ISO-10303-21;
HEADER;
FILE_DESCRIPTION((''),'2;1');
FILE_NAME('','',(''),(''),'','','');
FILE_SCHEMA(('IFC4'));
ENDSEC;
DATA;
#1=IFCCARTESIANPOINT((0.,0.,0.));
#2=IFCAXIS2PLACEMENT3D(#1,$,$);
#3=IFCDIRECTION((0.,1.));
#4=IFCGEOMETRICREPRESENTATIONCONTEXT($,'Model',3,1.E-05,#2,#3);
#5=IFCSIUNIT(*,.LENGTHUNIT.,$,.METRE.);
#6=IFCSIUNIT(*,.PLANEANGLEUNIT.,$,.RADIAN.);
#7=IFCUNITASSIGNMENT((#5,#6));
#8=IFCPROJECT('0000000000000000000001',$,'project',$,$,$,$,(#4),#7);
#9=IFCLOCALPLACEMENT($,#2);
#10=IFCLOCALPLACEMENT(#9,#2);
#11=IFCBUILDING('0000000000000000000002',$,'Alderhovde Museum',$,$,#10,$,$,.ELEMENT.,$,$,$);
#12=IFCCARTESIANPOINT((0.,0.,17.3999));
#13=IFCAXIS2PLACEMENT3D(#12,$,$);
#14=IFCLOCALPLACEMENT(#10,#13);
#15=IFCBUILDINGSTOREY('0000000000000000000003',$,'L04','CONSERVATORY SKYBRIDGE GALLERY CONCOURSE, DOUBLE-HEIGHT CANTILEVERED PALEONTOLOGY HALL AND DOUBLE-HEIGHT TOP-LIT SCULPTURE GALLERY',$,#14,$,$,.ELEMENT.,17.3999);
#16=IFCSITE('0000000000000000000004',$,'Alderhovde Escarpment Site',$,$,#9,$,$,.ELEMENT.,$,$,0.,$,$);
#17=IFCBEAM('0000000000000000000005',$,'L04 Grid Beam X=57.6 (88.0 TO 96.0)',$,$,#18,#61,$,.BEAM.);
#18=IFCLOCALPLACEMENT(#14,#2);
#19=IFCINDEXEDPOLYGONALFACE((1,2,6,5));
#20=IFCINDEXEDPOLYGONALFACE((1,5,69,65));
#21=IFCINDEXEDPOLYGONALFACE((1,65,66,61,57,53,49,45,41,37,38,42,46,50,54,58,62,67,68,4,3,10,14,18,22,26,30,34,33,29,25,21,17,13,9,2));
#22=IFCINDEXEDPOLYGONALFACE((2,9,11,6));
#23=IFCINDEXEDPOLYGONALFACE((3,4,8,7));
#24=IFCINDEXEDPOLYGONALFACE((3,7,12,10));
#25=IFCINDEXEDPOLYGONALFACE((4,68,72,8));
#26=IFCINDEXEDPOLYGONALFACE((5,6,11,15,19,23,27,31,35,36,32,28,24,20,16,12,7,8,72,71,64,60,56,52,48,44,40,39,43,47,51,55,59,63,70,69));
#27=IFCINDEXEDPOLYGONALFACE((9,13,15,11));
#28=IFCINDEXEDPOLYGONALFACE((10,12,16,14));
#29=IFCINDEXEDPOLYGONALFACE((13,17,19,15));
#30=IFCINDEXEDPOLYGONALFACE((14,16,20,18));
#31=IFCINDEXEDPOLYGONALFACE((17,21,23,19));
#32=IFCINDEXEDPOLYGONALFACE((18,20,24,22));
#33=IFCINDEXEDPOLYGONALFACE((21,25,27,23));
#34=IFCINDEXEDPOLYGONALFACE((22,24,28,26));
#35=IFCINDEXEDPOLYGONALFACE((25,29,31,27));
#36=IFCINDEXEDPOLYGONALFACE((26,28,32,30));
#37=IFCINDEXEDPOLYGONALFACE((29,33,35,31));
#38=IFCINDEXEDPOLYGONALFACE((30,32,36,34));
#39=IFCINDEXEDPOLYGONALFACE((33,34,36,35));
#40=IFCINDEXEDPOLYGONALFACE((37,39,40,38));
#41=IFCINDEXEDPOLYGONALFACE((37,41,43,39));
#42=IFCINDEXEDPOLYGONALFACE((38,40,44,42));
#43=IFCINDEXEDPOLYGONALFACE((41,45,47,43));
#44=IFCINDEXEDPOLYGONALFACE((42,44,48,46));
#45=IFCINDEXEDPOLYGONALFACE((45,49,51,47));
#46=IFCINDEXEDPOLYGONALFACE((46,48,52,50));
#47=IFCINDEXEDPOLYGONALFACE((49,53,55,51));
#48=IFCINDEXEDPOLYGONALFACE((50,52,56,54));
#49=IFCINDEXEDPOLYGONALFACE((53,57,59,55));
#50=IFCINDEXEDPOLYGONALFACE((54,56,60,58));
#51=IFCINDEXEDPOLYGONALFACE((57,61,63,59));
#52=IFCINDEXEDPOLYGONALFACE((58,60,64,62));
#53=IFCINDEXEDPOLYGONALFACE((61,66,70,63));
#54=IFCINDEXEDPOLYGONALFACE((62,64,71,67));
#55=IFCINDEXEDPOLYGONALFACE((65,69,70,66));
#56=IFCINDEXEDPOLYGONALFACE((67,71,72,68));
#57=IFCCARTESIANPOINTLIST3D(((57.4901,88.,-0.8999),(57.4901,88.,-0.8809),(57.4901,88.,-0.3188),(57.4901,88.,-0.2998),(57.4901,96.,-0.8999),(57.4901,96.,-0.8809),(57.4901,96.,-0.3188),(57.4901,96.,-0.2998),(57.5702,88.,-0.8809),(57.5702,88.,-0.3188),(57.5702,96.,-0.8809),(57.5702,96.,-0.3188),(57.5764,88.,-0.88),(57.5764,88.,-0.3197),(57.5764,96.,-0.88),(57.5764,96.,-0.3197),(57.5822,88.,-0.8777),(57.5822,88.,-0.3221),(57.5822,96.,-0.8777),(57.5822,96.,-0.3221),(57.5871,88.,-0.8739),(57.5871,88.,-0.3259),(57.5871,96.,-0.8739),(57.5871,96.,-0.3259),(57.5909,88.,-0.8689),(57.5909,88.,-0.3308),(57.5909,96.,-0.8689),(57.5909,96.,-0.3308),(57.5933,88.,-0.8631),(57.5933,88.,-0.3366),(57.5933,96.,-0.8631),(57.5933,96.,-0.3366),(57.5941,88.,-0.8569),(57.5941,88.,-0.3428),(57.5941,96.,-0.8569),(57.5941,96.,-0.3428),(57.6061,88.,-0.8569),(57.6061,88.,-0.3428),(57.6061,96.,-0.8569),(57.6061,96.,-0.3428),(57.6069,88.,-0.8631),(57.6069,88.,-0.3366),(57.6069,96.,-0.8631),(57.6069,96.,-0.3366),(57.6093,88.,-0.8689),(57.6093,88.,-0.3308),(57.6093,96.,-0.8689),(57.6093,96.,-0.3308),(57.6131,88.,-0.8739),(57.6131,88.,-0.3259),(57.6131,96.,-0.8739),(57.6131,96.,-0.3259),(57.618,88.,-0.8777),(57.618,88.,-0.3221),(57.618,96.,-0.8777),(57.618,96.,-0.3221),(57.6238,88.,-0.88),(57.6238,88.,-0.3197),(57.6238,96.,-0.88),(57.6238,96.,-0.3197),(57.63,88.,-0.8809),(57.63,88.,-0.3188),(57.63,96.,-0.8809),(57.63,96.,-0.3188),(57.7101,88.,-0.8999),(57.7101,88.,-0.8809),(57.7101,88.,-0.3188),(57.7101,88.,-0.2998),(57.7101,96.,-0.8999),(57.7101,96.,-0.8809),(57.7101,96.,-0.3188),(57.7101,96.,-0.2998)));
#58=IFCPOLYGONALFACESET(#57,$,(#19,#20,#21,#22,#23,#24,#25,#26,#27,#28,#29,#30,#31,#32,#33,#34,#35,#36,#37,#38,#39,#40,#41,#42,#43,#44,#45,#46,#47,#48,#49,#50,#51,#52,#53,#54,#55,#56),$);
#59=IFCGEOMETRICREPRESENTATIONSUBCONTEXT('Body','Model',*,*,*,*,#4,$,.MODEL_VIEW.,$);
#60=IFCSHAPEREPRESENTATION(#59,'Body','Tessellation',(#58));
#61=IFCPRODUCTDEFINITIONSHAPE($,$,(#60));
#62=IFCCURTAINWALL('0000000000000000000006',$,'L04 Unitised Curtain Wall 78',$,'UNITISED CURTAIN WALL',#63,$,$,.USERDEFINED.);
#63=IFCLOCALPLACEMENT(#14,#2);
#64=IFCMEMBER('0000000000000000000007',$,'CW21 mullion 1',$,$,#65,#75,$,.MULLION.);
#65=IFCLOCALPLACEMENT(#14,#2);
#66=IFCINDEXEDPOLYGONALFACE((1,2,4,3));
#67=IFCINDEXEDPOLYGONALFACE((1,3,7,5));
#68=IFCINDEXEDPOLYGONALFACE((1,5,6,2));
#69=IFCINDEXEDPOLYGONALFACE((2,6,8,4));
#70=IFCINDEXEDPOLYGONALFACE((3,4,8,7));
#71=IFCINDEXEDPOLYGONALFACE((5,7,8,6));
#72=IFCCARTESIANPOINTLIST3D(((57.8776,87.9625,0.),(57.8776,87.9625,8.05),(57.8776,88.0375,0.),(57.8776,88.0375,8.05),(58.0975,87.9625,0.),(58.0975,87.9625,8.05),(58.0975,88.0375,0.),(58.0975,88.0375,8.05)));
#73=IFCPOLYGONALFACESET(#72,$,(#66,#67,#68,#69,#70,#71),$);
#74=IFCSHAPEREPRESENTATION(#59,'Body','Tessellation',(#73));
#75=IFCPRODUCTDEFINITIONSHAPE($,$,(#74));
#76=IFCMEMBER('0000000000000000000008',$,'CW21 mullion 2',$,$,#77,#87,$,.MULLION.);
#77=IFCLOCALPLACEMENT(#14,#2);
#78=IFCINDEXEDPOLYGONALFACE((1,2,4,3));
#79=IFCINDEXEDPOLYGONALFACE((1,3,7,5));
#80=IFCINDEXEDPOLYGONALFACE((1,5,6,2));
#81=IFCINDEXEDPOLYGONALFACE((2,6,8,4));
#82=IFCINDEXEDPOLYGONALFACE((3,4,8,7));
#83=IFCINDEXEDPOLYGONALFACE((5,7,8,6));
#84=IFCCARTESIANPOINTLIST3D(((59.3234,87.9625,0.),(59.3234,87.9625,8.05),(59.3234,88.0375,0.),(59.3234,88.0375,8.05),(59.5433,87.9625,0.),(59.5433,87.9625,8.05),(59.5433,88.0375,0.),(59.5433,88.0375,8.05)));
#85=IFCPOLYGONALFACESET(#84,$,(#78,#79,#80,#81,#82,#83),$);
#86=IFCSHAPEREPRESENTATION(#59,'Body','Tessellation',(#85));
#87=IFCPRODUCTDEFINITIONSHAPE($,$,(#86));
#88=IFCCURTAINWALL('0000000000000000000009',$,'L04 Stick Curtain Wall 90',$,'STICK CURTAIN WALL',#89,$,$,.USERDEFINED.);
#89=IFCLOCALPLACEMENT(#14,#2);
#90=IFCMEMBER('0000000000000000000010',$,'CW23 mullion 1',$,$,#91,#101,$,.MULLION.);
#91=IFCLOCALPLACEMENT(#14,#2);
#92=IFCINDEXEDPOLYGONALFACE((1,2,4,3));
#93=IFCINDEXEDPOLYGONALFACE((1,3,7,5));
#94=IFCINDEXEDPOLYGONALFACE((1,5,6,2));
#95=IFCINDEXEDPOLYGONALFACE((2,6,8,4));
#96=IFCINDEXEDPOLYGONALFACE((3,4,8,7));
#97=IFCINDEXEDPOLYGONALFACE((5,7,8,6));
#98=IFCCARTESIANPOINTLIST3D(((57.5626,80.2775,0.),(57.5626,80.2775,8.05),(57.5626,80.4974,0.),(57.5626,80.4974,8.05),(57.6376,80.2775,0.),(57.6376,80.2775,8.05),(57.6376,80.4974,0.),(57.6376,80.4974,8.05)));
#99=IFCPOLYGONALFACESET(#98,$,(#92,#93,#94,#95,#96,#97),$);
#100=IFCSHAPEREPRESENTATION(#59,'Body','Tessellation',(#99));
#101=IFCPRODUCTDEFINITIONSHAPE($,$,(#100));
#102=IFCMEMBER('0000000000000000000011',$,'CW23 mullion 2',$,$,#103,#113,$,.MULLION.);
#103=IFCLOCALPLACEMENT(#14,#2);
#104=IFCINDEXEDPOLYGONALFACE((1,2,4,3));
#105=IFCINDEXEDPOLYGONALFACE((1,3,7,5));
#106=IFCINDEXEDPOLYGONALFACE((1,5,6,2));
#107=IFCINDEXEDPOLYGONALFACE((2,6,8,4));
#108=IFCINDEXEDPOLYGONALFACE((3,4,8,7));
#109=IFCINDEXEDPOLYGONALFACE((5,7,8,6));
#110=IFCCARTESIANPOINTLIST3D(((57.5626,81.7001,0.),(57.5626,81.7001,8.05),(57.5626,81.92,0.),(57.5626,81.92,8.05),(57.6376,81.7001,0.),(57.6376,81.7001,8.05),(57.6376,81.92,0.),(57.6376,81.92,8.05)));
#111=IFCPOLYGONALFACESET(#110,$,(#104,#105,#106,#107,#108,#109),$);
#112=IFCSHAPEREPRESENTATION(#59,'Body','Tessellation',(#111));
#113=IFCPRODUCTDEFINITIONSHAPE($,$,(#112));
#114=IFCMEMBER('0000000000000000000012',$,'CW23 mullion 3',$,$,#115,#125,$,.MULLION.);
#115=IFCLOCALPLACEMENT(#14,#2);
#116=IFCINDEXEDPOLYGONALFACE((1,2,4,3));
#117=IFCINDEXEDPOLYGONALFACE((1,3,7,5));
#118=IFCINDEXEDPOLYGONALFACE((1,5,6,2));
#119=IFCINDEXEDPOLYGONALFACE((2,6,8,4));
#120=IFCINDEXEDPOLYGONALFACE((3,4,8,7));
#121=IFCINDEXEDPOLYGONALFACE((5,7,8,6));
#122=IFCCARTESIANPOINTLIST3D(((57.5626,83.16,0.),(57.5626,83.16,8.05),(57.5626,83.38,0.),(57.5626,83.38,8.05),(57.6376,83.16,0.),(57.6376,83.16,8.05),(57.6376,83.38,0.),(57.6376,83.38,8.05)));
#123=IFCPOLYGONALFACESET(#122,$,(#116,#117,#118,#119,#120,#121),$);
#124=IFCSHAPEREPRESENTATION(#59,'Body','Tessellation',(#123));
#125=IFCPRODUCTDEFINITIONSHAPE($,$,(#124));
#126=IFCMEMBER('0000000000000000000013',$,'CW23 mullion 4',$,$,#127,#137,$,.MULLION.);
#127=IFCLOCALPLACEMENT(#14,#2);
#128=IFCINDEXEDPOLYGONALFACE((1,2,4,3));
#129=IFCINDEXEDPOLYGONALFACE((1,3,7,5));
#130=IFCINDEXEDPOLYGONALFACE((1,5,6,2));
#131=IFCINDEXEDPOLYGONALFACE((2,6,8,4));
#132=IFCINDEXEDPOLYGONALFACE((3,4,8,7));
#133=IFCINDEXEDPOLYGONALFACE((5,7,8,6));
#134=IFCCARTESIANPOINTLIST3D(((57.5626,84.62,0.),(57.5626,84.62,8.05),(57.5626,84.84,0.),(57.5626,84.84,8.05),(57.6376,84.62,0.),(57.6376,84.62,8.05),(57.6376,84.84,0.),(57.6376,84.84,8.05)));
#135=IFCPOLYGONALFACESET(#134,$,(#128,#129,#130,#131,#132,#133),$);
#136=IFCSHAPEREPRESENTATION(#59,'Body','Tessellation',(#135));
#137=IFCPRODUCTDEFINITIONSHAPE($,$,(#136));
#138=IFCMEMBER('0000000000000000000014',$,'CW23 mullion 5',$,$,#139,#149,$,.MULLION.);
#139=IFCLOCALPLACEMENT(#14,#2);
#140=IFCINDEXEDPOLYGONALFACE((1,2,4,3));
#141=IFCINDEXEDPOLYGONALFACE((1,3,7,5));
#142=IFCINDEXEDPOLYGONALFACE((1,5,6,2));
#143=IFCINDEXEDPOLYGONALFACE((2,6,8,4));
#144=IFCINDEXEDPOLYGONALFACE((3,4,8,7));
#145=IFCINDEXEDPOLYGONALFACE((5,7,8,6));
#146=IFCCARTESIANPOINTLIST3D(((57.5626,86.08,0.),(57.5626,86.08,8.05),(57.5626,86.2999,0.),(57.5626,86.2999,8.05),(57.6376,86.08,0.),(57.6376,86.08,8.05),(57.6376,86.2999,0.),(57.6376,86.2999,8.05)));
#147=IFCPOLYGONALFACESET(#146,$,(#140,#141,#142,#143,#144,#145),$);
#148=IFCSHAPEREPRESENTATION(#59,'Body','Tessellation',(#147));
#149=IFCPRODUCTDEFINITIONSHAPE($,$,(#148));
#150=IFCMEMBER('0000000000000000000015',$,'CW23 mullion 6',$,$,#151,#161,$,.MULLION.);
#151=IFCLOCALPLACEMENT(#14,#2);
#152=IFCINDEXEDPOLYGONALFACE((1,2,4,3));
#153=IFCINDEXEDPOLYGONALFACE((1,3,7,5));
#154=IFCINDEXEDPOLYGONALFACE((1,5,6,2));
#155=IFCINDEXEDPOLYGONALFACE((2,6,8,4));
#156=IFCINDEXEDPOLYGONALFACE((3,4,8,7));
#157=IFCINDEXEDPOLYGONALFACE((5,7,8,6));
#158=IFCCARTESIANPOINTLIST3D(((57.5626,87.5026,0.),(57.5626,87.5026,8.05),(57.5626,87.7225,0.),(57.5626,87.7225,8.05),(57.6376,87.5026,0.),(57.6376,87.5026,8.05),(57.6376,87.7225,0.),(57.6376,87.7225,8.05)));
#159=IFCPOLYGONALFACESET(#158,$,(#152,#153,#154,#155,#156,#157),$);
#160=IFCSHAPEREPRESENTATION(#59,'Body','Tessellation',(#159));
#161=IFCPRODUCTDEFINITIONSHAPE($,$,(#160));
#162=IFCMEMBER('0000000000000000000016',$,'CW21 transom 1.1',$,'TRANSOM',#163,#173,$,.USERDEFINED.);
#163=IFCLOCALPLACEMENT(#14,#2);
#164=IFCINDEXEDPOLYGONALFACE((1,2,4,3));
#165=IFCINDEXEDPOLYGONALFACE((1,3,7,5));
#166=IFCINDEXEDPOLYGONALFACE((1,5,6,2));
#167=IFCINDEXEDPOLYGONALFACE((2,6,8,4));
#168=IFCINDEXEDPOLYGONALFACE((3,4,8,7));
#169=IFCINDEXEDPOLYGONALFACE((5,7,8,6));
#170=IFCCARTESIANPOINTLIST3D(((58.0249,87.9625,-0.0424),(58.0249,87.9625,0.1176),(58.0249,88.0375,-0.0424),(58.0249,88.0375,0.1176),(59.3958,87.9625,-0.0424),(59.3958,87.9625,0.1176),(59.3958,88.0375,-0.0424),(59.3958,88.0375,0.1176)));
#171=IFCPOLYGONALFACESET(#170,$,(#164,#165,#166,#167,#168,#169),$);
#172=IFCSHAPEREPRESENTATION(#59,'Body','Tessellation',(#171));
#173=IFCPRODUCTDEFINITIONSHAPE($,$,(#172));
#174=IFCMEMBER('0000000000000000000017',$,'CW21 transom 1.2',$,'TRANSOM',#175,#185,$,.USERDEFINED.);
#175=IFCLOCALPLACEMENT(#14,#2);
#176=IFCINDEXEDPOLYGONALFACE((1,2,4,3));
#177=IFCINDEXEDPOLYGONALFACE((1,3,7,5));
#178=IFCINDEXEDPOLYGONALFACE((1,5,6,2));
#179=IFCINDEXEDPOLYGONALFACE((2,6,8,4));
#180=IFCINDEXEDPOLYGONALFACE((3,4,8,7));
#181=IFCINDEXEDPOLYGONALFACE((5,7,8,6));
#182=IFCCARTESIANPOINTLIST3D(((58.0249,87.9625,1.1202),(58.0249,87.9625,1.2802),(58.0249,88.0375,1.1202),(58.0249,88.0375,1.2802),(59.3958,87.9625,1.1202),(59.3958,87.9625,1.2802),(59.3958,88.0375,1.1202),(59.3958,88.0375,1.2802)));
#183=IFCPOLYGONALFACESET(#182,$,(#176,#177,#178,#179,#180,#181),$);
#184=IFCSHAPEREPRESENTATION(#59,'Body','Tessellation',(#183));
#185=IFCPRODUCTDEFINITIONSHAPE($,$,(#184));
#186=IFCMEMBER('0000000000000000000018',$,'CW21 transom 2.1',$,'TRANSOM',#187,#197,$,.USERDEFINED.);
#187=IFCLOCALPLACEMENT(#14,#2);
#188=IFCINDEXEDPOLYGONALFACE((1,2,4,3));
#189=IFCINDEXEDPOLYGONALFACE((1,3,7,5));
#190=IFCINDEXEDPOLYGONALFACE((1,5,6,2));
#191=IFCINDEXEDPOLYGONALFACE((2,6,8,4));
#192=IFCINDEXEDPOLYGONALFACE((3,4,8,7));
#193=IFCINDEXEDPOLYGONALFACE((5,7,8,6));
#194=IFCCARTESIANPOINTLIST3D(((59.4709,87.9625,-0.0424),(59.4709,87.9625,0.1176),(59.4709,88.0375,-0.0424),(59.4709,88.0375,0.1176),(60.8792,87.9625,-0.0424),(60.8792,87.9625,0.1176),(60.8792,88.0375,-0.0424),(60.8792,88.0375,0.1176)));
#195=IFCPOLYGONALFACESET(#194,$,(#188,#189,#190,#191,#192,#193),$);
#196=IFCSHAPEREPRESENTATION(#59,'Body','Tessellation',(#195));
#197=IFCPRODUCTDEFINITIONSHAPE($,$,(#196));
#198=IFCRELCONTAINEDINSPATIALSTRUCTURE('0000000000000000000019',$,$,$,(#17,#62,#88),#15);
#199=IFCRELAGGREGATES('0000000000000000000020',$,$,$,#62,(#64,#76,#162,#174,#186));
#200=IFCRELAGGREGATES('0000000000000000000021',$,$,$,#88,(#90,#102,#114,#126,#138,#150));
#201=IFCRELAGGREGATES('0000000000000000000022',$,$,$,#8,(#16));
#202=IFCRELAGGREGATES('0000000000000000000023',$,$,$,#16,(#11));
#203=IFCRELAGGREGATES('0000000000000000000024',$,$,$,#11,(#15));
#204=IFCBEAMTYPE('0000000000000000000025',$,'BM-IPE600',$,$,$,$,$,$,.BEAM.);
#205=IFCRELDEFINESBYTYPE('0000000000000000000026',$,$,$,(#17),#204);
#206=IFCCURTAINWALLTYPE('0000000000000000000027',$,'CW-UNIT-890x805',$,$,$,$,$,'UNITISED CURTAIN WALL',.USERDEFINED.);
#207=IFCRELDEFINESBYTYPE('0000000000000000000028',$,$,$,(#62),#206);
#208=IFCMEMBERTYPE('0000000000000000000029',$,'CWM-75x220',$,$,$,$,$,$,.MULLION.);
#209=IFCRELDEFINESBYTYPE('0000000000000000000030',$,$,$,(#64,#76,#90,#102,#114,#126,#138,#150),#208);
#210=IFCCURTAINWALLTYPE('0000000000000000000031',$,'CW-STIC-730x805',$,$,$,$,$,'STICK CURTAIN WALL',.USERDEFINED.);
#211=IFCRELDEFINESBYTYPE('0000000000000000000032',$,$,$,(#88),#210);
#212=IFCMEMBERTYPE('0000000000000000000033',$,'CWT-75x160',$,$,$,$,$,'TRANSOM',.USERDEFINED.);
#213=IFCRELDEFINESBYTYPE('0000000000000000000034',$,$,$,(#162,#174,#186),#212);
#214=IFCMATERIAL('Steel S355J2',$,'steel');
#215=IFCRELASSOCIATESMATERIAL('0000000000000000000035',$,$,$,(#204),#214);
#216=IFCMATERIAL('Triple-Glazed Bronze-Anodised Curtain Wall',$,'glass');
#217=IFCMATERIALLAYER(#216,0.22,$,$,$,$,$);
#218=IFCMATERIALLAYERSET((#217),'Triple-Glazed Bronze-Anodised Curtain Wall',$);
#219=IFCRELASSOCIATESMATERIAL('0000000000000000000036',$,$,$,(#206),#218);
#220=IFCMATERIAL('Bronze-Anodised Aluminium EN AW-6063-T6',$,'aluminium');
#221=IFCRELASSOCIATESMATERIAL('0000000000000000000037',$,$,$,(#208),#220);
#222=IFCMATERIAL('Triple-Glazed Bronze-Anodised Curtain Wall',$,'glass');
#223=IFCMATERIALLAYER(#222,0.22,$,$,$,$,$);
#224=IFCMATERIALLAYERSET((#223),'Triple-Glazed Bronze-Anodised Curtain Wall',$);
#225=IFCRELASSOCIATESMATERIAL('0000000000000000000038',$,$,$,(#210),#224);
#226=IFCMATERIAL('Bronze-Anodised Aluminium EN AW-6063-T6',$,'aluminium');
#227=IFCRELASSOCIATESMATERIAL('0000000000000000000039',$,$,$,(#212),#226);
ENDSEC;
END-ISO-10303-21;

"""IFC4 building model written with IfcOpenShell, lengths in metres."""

from ifc_helpers import new_model, si_unit, direction, frame, origin, origin_2d, place, context, subcontext, project, spatial, rectangle, i_section, extrude, material, layer, layer_set, material_profile, profile_set, type_object, element, aggregate, save


model = new_model("IFC4")

# Units and contexts
model_context = context("Model", 3, precision=1e-05, world=origin(), true_north=direction((0.0, 1.0)))
body_context = subcontext(model_context, "Body", "Model", "MODEL_VIEW")
ifc_project = project(units=[si_unit("LENGTHUNIT", "METRE"), si_unit("PLANEANGLEUNIT", "RADIAN")], contexts=[model_context])

# Site, building, storey
site_placement = place(None, origin())
site = spatial("IfcSite", under=ifc_project, at=site_placement, Name="Alderhovde Escarpment Site", CompositionType="ELEMENT", RefElevation=0.0)
building_placement = place(site_placement, origin())
building = spatial("IfcBuilding", under=site, at=building_placement, Name="Alderhovde Museum", CompositionType="ELEMENT")
storey_placement = place(building_placement, frame((0.0, 0.0, 17.3999)))
storey = spatial("IfcBuildingStorey", under=building, at=storey_placement, Name="L04", Description="CONSERVATORY SKYBRIDGE GALLERY CONCOURSE, DOUBLE-HEIGHT CANTILEVERED PALEONTOLOGY HALL AND DOUBLE-HEIGHT TOP-LIT SCULPTURE GALLERY", CompositionType="ELEMENT", Elevation=17.3999)

# Beam
ifc_material_1 = material(Name="Steel S355J2", Category="steel")
ifc_material_profile_1 = material_profile(ifc_material_1, i_section(OverallWidth=0.22, OverallDepth=0.6001, WebThickness=0.012, FlangeThickness=0.019, FilletRadius=0.0239, at=origin_2d()), Name="IPE 600")
ifc_profile_set_1 = profile_set([ifc_material_profile_1], Name="Steel S355J2")
beam_type_1 = type_object("IfcBeamType", Name="BM-IPE600", PredefinedType="BEAM", material=ifc_profile_set_1)
beam_placement = place(storey_placement, frame((57.6001, 88.0, -0.5999), z_axis=(0.0, 1.0, 0.0), x_axis=(-1.0, 0.0, 0.0)))
element("IfcBeam", 1, at=beam_placement, inside=storey, type_object=beam_type_1, Name="L04 Grid Beam X=57.6 (88.0 TO 96.0)", PredefinedType="BEAM", context=body_context, shape_type="SweptSolid", body=[
    extrude(i_section(OverallWidth=0.22, OverallDepth=0.6001, WebThickness=0.012, FlangeThickness=0.019, FilletRadius=0.0239, at=origin_2d()), origin(), (0.0, 0.0, 1.0), 8.0),
])

# Curtain walls, members
ifc_material_2 = material(Name="Triple-Glazed Bronze-Anodised Curtain Wall", Category="glass")
ifc_layer_1 = layer(ifc_material_2, 0.22)
ifc_layer_set_1 = layer_set([ifc_layer_1], Name="Triple-Glazed Bronze-Anodised Curtain Wall")
curtain_wall_type_1 = type_object("IfcCurtainWallType", Name="CW-UNIT-890x805", ElementType="UNITISED CURTAIN WALL", PredefinedType="USERDEFINED", material=ifc_layer_set_1)
curtain_wall_1_placement = place(storey_placement, origin())
curtain_wall_1 = element("IfcCurtainWall", 2, at=curtain_wall_1_placement, inside=storey, type_object=curtain_wall_type_1, Name="L04 Unitised Curtain Wall 78", ObjectType="UNITISED CURTAIN WALL", PredefinedType="USERDEFINED")
ifc_material_3 = material(Name="Bronze-Anodised Aluminium EN AW-6063-T6", Category="aluminium")
ifc_material_profile_2 = material_profile(ifc_material_3, rectangle(XDim=0.075, YDim=0.22, at=origin_2d()), Name="MULLION 75x220")
ifc_profile_set_2 = profile_set([ifc_material_profile_2], Name="Bronze-Anodised Aluminium EN AW-6063-T6")
member_type_1 = type_object("IfcMemberType", Name="CWM-75x220", PredefinedType="MULLION", material=ifc_profile_set_2)
member_1_placement = place(storey_placement, frame((57.9875, 88.0, 0.0), z_axis=(0.0, 0.0, 1.0), x_axis=(0.0, 1.0, 0.0)))
member_1 = element("IfcMember", 3, at=member_1_placement, type_object=member_type_1, Name="CW21 mullion 1", PredefinedType="MULLION", context=body_context, shape_type="SweptSolid", body=[
    extrude(rectangle(XDim=0.075, YDim=0.22, at=origin_2d()), origin(), (0.0, 0.0, 1.0), 8.05),
])
member_2_placement = place(storey_placement, frame((59.4333, 88.0, 0.0), z_axis=(0.0, 0.0, 1.0), x_axis=(0.0, 1.0, 0.0)))
member_2 = element("IfcMember", 4, at=member_2_placement, type_object=member_type_1, Name="CW21 mullion 2", PredefinedType="MULLION", context=body_context, shape_type="SweptSolid", body=[
    extrude(rectangle(XDim=0.075, YDim=0.22, at=origin_2d()), origin(), (0.0, 0.0, 1.0), 8.05),
])
ifc_material_4 = material(Name="Triple-Glazed Bronze-Anodised Curtain Wall", Category="glass")
ifc_layer_2 = layer(ifc_material_4, 0.22)
ifc_layer_set_2 = layer_set([ifc_layer_2], Name="Triple-Glazed Bronze-Anodised Curtain Wall")
curtain_wall_type_2 = type_object("IfcCurtainWallType", Name="CW-STIC-730x805", ElementType="STICK CURTAIN WALL", PredefinedType="USERDEFINED", material=ifc_layer_set_2)
curtain_wall_2_placement = place(storey_placement, origin())
curtain_wall_2 = element("IfcCurtainWall", 5, at=curtain_wall_2_placement, inside=storey, type_object=curtain_wall_type_2, Name="L04 Stick Curtain Wall 90", ObjectType="STICK CURTAIN WALL", PredefinedType="USERDEFINED")
member_3_placement = place(storey_placement, frame((57.6001, 80.3875, 0.0), z_axis=(0.0, 0.0, 1.0), x_axis=(-1.0, 0.0, 0.0)))
member_3 = element("IfcMember", 6, at=member_3_placement, type_object=member_type_1, Name="CW23 mullion 1", PredefinedType="MULLION", context=body_context, shape_type="SweptSolid", body=[
    extrude(rectangle(XDim=0.075, YDim=0.22, at=origin_2d()), origin(), (0.0, 0.0, 1.0), 8.05),
])
member_4_placement = place(storey_placement, frame((57.6001, 81.8101, 0.0), z_axis=(0.0, 0.0, 1.0), x_axis=(-1.0, 0.0, 0.0)))
member_4 = element("IfcMember", 7, at=member_4_placement, type_object=member_type_1, Name="CW23 mullion 2", PredefinedType="MULLION", context=body_context, shape_type="SweptSolid", body=[
    extrude(rectangle(XDim=0.075, YDim=0.22, at=origin_2d()), origin(), (0.0, 0.0, 1.0), 8.05),
])
member_5_placement = place(storey_placement, frame((57.6001, 83.27, 0.0), z_axis=(0.0, 0.0, 1.0), x_axis=(-1.0, 0.0, 0.0)))
member_5 = element("IfcMember", 8, at=member_5_placement, type_object=member_type_1, Name="CW23 mullion 3", PredefinedType="MULLION", context=body_context, shape_type="SweptSolid", body=[
    extrude(rectangle(XDim=0.075, YDim=0.22, at=origin_2d()), origin(), (0.0, 0.0, 1.0), 8.05),
])
member_6_placement = place(storey_placement, frame((57.6001, 84.73, 0.0), z_axis=(0.0, 0.0, 1.0), x_axis=(-1.0, 0.0, 0.0)))
member_6 = element("IfcMember", 9, at=member_6_placement, type_object=member_type_1, Name="CW23 mullion 4", PredefinedType="MULLION", context=body_context, shape_type="SweptSolid", body=[
    extrude(rectangle(XDim=0.075, YDim=0.22, at=origin_2d()), origin(), (0.0, 0.0, 1.0), 8.05),
])
member_7_placement = place(storey_placement, frame((57.6001, 86.1899, 0.0), z_axis=(0.0, 0.0, 1.0), x_axis=(-1.0, 0.0, 0.0)))
member_7 = element("IfcMember", 10, at=member_7_placement, type_object=member_type_1, Name="CW23 mullion 5", PredefinedType="MULLION", context=body_context, shape_type="SweptSolid", body=[
    extrude(rectangle(XDim=0.075, YDim=0.22, at=origin_2d()), origin(), (0.0, 0.0, 1.0), 8.05),
])
member_8_placement = place(storey_placement, frame((57.6001, 87.6125, 0.0), z_axis=(0.0, 0.0, 1.0), x_axis=(-1.0, 0.0, 0.0)))
member_8 = element("IfcMember", 11, at=member_8_placement, type_object=member_type_1, Name="CW23 mullion 6", PredefinedType="MULLION", context=body_context, shape_type="SweptSolid", body=[
    extrude(rectangle(XDim=0.075, YDim=0.22, at=origin_2d()), origin(), (0.0, 0.0, 1.0), 8.05),
])

# Members
ifc_material_5 = material(Name="Bronze-Anodised Aluminium EN AW-6063-T6", Category="aluminium")
ifc_material_profile_3 = material_profile(ifc_material_5, rectangle(XDim=0.075, YDim=0.1599, at=origin_2d()), Name="TRANSOM 75x160")
ifc_profile_set_3 = profile_set([ifc_material_profile_3], Name="Bronze-Anodised Aluminium EN AW-6063-T6")
member_type_2 = type_object("IfcMemberType", Name="CWT-75x160", ElementType="TRANSOM", PredefinedType="USERDEFINED", material=ifc_profile_set_3)
member_9_placement = place(storey_placement, frame((58.0249, 88.0, 0.0376), z_axis=(1.0, 0.0, 0.0), x_axis=(0.0, 1.0, 0.0)))
member_9 = element("IfcMember", 12, at=member_9_placement, type_object=member_type_2, Name="CW21 transom 1.1", ObjectType="TRANSOM", PredefinedType="USERDEFINED", context=body_context, shape_type="SweptSolid", body=[
    extrude(rectangle(XDim=0.075, YDim=0.1599, at=origin_2d()), origin(), (0.0, 0.0, 1.0), 1.3708),
])
member_10_placement = place(storey_placement, frame((58.0249, 88.0, 1.2002), z_axis=(1.0, 0.0, 0.0), x_axis=(0.0, 1.0, 0.0)))
member_10 = element("IfcMember", 13, at=member_10_placement, type_object=member_type_2, Name="CW21 transom 1.2", ObjectType="TRANSOM", PredefinedType="USERDEFINED", context=body_context, shape_type="SweptSolid", body=[
    extrude(rectangle(XDim=0.075, YDim=0.1599, at=origin_2d()), origin(), (0.0, 0.0, 1.0), 1.3708),
])
member_11_placement = place(storey_placement, frame((59.4709, 88.0, 0.0376), z_axis=(1.0, 0.0, 0.0), x_axis=(0.0, 1.0, 0.0)))
member_11 = element("IfcMember", 14, at=member_11_placement, type_object=member_type_2, Name="CW21 transom 2.1", ObjectType="TRANSOM", PredefinedType="USERDEFINED", context=body_context, shape_type="SweptSolid", body=[
    extrude(rectangle(XDim=0.075, YDim=0.1599, at=origin_2d()), origin(), (0.0, 0.0, 1.0), 1.4082),
])

aggregate(curtain_wall_1, [member_1, member_2, member_9, member_10, member_11])
aggregate(curtain_wall_2, [member_3, member_4, member_5, member_6, member_7, member_8])

save(model, "model.ifc")
